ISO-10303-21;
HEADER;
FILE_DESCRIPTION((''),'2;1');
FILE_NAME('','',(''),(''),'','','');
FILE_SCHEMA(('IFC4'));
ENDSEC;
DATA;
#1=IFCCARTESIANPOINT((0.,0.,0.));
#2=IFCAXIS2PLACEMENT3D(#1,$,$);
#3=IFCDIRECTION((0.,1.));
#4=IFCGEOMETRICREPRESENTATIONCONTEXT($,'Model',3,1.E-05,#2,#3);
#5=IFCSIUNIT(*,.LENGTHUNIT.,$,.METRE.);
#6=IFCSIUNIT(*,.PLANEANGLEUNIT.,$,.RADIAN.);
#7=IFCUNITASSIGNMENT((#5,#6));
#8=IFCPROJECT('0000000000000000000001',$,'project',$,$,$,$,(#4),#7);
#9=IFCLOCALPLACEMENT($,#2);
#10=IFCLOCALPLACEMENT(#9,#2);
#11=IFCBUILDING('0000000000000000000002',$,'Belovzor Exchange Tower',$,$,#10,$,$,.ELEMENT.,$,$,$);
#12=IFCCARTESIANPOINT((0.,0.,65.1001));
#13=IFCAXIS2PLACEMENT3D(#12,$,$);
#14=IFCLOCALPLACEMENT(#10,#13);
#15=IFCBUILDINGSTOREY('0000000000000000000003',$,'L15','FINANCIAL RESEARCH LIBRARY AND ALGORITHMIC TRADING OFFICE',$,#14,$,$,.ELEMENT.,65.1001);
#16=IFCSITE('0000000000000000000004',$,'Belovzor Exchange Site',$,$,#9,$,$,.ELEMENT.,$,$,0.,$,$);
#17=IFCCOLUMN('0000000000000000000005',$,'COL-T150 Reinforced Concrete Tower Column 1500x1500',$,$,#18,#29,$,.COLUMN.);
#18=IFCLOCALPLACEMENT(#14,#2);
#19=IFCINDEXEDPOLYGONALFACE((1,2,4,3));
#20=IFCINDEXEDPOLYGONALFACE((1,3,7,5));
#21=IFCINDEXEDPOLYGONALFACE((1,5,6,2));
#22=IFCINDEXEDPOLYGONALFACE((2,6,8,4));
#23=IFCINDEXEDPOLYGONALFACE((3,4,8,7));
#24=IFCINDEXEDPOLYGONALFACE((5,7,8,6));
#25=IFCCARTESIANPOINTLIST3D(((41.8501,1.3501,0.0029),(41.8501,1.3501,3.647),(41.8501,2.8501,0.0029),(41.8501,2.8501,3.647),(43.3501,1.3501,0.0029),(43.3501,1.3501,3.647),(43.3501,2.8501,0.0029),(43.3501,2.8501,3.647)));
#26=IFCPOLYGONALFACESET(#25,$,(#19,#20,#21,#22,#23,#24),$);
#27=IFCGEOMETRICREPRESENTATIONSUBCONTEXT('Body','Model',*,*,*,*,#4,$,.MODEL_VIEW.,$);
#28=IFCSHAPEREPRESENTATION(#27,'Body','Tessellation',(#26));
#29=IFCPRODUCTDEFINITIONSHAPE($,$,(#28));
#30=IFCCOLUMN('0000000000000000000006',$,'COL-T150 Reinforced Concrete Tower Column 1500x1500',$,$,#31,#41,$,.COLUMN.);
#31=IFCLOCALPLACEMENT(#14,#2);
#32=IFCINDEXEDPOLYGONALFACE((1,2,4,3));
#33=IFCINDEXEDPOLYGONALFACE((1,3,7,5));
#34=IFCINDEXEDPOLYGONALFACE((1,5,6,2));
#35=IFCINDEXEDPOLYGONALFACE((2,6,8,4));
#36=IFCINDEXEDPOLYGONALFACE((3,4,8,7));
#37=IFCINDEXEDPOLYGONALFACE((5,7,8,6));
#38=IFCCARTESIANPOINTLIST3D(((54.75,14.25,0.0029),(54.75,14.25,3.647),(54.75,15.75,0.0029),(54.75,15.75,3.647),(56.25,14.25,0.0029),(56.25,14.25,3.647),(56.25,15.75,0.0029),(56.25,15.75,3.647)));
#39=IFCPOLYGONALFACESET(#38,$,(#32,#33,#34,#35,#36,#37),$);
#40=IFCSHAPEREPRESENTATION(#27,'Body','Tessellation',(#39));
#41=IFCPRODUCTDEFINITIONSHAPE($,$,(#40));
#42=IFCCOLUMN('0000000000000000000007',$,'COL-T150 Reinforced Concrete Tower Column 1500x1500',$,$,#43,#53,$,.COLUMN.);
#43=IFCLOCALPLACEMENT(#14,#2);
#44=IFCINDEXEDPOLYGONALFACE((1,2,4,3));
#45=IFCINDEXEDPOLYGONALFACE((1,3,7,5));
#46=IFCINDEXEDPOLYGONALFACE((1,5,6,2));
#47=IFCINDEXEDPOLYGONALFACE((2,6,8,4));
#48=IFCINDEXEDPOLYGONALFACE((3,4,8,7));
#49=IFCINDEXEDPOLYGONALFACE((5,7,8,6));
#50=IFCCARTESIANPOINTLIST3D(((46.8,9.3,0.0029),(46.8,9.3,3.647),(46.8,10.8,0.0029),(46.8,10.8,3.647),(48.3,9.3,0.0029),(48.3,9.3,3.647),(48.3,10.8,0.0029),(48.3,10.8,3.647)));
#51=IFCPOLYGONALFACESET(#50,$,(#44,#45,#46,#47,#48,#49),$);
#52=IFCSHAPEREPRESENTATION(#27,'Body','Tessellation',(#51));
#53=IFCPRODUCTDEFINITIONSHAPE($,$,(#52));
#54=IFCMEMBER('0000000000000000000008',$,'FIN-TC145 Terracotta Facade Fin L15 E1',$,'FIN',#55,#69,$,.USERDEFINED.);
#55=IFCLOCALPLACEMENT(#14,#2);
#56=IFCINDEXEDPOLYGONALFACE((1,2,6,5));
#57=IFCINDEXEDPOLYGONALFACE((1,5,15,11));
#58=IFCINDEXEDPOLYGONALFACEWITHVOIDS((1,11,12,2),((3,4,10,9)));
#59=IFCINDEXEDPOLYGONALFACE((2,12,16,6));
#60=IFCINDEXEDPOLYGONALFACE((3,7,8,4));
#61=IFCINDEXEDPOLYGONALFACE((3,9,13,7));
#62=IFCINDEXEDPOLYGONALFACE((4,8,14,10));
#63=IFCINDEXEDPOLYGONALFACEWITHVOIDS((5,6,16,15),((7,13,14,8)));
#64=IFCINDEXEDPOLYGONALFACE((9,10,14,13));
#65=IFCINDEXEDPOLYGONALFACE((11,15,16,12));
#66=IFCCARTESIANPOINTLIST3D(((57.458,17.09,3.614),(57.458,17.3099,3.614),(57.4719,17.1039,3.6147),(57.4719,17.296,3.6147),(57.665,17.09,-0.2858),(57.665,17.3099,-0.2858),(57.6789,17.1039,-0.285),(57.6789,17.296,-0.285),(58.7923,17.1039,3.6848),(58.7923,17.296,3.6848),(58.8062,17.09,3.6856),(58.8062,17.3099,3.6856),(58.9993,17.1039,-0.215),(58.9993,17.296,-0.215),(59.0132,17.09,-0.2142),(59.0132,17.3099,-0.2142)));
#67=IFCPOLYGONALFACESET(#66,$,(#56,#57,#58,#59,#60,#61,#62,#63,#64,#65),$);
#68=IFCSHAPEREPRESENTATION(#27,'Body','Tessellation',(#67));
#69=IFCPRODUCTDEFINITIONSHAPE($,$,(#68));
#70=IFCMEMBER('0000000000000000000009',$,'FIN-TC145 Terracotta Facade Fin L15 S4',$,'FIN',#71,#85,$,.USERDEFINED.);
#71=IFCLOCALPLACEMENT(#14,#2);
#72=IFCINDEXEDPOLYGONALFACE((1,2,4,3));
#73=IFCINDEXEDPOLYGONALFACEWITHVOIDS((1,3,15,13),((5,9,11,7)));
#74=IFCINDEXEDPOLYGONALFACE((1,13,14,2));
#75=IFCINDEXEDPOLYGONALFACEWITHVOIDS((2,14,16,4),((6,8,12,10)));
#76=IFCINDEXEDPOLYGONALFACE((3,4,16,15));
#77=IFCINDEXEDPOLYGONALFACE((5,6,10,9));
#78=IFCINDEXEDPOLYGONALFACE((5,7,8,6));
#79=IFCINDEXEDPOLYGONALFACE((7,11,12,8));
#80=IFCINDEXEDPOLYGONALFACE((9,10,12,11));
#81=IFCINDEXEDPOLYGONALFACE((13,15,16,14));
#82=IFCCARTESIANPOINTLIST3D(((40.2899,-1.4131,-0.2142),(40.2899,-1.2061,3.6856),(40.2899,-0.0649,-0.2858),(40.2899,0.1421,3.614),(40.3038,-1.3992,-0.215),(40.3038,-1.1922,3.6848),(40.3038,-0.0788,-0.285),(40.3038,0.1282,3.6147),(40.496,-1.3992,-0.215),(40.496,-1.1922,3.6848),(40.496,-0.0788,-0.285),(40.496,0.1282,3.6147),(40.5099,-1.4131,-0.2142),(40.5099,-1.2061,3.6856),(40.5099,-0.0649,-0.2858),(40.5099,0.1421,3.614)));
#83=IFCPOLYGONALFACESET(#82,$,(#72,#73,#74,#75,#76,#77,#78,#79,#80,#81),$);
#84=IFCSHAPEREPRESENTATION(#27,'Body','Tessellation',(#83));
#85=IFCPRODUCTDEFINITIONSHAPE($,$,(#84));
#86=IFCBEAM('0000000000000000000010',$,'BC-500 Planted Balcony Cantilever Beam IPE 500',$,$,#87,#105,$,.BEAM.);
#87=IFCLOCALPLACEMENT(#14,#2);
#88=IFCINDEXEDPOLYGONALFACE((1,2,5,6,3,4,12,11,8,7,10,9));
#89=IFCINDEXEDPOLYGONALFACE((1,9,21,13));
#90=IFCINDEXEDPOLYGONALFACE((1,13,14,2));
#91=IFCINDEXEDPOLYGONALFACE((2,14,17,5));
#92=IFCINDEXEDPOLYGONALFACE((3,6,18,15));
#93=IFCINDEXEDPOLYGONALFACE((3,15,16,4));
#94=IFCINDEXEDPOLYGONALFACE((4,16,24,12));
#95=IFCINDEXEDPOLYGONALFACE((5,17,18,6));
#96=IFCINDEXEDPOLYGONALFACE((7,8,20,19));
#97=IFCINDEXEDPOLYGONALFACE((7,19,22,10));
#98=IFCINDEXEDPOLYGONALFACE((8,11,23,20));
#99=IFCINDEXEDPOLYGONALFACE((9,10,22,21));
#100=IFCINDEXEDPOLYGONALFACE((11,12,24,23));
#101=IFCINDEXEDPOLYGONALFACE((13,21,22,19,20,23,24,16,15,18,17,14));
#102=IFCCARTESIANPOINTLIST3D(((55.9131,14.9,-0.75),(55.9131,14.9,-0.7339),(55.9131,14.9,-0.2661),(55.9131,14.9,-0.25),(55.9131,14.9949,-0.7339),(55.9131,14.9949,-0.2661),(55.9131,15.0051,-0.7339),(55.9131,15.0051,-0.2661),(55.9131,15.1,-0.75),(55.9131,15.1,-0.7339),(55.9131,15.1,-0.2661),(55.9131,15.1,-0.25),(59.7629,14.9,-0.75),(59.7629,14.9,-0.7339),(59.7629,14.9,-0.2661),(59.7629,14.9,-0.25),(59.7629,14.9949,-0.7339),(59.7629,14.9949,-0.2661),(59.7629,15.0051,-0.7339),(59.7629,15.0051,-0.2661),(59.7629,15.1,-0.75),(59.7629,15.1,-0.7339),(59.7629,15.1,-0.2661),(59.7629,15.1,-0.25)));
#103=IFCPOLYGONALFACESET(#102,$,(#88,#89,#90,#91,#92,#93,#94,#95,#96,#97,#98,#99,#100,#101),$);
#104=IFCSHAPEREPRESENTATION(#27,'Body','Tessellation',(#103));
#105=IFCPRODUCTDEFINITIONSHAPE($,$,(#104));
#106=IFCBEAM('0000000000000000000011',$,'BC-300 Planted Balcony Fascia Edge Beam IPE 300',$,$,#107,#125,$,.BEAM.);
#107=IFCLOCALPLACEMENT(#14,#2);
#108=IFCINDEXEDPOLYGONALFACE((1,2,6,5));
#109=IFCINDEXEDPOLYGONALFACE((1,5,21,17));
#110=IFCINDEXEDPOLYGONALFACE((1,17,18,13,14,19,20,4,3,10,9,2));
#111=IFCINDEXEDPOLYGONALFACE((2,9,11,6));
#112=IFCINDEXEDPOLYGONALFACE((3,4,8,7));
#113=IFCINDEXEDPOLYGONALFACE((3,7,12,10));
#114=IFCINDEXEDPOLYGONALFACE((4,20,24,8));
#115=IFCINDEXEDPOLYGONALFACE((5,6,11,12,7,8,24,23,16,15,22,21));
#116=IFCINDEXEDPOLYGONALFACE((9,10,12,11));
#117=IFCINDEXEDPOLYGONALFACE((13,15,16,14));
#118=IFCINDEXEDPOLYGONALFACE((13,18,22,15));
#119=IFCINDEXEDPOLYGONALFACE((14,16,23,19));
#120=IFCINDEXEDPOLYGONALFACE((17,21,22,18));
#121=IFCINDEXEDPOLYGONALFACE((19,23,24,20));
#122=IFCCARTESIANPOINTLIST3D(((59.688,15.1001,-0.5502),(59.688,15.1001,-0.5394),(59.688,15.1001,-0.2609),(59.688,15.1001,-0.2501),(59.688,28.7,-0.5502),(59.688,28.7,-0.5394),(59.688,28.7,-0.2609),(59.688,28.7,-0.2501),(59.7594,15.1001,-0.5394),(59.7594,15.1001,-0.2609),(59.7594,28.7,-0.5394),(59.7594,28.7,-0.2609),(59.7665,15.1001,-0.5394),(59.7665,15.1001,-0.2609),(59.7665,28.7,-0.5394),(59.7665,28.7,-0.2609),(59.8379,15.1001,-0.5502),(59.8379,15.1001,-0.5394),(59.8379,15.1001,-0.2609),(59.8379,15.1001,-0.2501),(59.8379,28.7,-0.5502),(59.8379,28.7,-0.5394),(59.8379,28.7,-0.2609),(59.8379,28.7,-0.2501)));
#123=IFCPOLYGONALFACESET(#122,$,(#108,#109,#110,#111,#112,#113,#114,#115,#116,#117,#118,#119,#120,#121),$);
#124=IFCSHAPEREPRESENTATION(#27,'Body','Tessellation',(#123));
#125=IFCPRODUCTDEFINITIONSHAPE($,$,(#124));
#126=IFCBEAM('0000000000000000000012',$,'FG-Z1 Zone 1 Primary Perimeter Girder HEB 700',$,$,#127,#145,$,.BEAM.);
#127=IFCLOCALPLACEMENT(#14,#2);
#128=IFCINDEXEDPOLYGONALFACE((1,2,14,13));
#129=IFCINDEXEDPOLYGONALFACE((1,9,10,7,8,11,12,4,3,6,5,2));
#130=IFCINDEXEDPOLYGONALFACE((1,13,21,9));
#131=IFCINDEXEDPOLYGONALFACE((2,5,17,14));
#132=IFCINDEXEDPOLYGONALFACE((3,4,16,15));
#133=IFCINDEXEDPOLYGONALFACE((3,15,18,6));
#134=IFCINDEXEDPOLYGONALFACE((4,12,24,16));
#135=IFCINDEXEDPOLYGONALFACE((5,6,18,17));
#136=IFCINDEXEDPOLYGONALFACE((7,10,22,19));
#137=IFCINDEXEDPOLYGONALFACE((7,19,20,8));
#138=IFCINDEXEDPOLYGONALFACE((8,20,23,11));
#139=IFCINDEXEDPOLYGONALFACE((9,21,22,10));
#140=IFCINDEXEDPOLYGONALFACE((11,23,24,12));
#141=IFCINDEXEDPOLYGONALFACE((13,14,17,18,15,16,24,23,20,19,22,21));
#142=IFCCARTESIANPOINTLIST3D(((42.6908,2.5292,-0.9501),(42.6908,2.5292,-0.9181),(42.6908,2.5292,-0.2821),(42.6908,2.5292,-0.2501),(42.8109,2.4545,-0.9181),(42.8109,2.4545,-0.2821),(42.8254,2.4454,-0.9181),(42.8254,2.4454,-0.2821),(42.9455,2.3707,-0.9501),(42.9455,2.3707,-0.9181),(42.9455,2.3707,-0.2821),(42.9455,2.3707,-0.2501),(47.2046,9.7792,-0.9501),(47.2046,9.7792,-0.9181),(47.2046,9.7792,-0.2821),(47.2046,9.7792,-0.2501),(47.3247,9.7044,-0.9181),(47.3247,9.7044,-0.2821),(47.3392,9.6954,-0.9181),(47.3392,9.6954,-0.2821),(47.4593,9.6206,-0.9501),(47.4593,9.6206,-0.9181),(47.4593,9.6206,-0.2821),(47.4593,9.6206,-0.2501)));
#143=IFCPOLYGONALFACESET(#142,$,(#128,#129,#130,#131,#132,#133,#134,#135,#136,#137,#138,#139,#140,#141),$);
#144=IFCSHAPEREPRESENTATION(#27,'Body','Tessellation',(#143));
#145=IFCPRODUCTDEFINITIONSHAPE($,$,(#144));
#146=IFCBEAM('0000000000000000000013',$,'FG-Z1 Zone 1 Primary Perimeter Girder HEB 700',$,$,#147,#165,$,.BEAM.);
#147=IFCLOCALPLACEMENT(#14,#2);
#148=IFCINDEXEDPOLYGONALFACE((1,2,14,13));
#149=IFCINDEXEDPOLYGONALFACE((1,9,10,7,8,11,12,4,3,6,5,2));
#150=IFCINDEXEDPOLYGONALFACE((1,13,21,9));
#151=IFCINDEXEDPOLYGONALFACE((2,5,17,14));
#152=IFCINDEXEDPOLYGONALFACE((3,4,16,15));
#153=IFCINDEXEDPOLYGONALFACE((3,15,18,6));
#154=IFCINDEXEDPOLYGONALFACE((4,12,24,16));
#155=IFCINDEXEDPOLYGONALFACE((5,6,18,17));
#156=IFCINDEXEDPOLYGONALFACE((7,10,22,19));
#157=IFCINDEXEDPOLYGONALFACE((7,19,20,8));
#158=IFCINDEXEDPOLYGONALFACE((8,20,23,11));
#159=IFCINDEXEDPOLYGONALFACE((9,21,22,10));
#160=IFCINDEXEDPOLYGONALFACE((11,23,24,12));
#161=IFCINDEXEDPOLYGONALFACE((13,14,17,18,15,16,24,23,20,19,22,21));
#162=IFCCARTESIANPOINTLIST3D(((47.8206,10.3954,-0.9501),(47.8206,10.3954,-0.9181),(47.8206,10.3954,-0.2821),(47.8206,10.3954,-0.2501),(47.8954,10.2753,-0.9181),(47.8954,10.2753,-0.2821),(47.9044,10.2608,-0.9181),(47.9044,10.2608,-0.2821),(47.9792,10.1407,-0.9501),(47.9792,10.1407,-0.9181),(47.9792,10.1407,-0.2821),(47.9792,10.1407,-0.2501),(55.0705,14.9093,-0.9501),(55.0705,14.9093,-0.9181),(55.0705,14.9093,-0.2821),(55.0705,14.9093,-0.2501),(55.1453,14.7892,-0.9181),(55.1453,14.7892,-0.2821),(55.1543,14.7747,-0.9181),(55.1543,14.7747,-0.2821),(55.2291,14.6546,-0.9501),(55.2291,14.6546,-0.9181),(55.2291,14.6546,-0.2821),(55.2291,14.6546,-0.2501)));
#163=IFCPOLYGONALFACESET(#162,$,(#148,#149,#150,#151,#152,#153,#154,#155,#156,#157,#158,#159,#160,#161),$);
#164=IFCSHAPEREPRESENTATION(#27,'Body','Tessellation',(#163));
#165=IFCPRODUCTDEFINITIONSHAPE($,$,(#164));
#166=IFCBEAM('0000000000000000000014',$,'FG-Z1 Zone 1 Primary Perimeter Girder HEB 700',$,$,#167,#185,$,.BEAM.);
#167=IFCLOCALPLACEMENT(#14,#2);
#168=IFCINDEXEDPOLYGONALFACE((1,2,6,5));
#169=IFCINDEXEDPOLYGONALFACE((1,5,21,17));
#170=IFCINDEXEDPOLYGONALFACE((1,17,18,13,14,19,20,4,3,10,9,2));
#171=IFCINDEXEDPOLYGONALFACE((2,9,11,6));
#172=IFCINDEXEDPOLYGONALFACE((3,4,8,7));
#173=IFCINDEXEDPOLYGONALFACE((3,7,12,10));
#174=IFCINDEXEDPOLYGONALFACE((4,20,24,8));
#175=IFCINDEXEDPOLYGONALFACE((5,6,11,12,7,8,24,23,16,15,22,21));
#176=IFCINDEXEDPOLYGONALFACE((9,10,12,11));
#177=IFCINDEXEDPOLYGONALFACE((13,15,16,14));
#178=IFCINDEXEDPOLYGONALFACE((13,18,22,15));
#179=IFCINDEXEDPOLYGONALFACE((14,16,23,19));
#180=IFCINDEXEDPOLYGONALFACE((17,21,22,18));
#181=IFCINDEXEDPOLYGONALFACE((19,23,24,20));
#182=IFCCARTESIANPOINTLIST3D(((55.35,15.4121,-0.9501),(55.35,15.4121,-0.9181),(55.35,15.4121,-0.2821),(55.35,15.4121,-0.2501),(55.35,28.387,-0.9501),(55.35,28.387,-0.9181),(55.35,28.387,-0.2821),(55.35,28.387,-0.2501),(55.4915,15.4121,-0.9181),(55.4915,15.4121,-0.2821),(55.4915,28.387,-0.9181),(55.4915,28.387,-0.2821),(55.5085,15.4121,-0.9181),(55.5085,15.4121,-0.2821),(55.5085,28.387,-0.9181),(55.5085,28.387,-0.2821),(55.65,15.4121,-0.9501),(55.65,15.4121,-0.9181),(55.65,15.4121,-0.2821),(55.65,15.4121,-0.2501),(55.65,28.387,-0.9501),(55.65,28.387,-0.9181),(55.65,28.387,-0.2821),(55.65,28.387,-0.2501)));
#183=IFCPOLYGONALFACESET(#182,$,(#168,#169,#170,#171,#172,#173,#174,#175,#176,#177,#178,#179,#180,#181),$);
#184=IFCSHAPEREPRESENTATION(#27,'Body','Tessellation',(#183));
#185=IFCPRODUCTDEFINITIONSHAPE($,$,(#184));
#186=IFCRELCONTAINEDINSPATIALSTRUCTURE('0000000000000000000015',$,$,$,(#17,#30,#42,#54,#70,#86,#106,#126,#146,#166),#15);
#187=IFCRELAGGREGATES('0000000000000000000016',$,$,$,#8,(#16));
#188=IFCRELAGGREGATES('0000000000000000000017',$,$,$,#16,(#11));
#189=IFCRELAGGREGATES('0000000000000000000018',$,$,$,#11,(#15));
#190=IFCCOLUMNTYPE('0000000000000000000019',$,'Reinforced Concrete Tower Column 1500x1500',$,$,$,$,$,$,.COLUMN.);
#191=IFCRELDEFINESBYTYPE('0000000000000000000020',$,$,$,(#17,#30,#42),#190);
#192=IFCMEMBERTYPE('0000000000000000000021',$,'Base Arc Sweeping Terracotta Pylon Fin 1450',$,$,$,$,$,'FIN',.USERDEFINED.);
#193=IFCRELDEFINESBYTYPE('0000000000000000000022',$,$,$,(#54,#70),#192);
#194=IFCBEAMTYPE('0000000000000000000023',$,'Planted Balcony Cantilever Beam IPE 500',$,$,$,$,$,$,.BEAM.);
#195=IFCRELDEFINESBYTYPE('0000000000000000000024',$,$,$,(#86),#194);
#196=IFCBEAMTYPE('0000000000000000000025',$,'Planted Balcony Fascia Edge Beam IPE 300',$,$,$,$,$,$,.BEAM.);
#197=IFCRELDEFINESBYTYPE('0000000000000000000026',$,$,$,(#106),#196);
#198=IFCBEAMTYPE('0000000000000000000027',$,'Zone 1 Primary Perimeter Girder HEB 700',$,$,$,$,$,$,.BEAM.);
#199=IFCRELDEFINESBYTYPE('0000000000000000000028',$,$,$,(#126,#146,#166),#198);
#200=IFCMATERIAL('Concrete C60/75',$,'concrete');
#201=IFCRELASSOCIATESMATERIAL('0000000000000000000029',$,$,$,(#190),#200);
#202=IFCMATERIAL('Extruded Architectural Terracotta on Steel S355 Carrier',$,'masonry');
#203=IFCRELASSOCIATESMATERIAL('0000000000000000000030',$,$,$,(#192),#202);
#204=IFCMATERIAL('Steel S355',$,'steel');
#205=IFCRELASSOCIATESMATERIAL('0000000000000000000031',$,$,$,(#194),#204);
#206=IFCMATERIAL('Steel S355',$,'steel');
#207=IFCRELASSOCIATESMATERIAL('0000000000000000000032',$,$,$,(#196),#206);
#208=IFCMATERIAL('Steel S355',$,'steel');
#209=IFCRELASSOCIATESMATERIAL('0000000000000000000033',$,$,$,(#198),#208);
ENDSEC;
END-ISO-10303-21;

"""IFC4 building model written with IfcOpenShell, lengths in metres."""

from ifc_helpers import new_model, si_unit, direction, frame, origin, origin_2d, place, context, subcontext, project, spatial, rectangle, hollow_rectangle, i_section, extrude, material, material_profile, profile_set, type_object, element, save


model = new_model("IFC4")

# Units and contexts
model_context = context("Model", 3, precision=1e-05, world=origin(), true_north=direction((0.0, 1.0)))
body_context = subcontext(model_context, "Body", "Model", "MODEL_VIEW")
ifc_project = project(units=[si_unit("LENGTHUNIT", "METRE"), si_unit("PLANEANGLEUNIT", "RADIAN")], contexts=[model_context])

# Site, building, storey
site_placement = place(None, origin())
site = spatial("IfcSite", under=ifc_project, at=site_placement, Name="Belovzor Exchange Site", CompositionType="ELEMENT", RefElevation=0.0)
building_placement = place(site_placement, origin())
building = spatial("IfcBuilding", under=site, at=building_placement, Name="Belovzor Exchange Tower", CompositionType="ELEMENT")
storey_placement = place(building_placement, frame((0.0, 0.0, 65.1001)))
storey = spatial("IfcBuildingStorey", under=building, at=storey_placement, Name="L15", Description="FINANCIAL RESEARCH LIBRARY AND ALGORITHMIC TRADING OFFICE", CompositionType="ELEMENT", Elevation=65.1001)

# Columns
ifc_material_1 = material(Name="Concrete C60/75", Category="concrete")
ifc_material_profile_1 = material_profile(ifc_material_1, rectangle(XDim=1.5, YDim=1.5, at=origin_2d()))
ifc_profile_set_1 = profile_set([ifc_material_profile_1], Name="Concrete C60/75")
column_type = type_object("IfcColumnType", Name="Reinforced Concrete Tower Column 1500x1500", PredefinedType="COLUMN", material=ifc_profile_set_1)
for number, where, z_axis, x_axis, name in (
    (1, (42.6001, 2.1001, 0.0029), (0.0, 0.0, 1.0), (1.0, 0.0, 0.0), "COL-T150 Reinforced Concrete Tower Column 1500x1500"),
    (2, (55.5, 15.0, 0.0029), (0.0, 0.0, 1.0), (1.0, 0.0, 0.0), "COL-T150 Reinforced Concrete Tower Column 1500x1500"),
    (3, (47.55, 10.05, 0.0029), (0.0, 0.0, 1.0), (1.0, 0.0, 0.0), "COL-T150 Reinforced Concrete Tower Column 1500x1500"),
):
    element("IfcColumn", number, at=place(storey_placement, frame(where, z_axis=z_axis, x_axis=x_axis)), inside=storey, type_object=column_type, Name=name, PredefinedType="COLUMN", context=body_context, shape_type="SweptSolid", body=[
        extrude(rectangle(XDim=1.5, YDim=1.5, at=origin_2d()), origin(), (0.0, 0.0, 1.0), 3.644),
    ])

# Members
ifc_material_2 = material(Name="Extruded Architectural Terracotta on Steel S355 Carrier", Category="masonry")
ifc_material_profile_2 = material_profile(ifc_material_2, hollow_rectangle(XDim=0.22, YDim=1.3501, WallThickness=0.0139, at=origin_2d()))
ifc_profile_set_2 = profile_set([ifc_material_profile_2], Name="Extruded Architectural Terracotta on Steel S355 Carrier")
member_type = type_object("IfcMemberType", Name="Base Arc Sweeping Terracotta Pylon Fin 1450", ElementType="FIN", PredefinedType="USERDEFINED", material=ifc_profile_set_2)
for number, where, z_axis, x_axis, name in (
    (4, (58.3391, 17.2, -0.25), (-0.053012, 0.0, 0.998594), (0.0, -1.0, 0.0), "FIN-TC145 Terracotta Facade Fin L15 E1"),
    (5, (40.3999, -0.739, -0.25), (0.0, 0.053012, 0.998594), (-1.0, 0.0, 0.0), "FIN-TC145 Terracotta Facade Fin L15 S4"),
):
    element("IfcMember", number, at=place(storey_placement, frame(where, z_axis=z_axis, x_axis=x_axis)), inside=storey, type_object=member_type, Name=name, ObjectType="FIN", PredefinedType="USERDEFINED", context=body_context, shape_type="SweptSolid", body=[
        extrude(hollow_rectangle(XDim=0.22, YDim=1.3501, WallThickness=0.0139, at=origin_2d()), origin(), (0.0, 0.0, 1.0), 3.9053),
    ])

# Beams
ifc_material_3 = material(Name="Steel S355", Category="steel")
ifc_material_profile_3 = material_profile(ifc_material_3, i_section(OverallWidth=0.2, OverallDepth=0.5, WebThickness=0.0103, FlangeThickness=0.0161, at=origin_2d()))
ifc_profile_set_3 = profile_set([ifc_material_profile_3], Name="Steel S355")
beam_type_1 = type_object("IfcBeamType", Name="Planted Balcony Cantilever Beam IPE 500", PredefinedType="BEAM", material=ifc_profile_set_3)
beam_1_placement = place(storey_placement, frame((55.9131, 15.0, -0.5), z_axis=(1.0, 0.0, 0.0), x_axis=(0.0, 1.0, 0.0)))
element("IfcBeam", 6, at=beam_1_placement, inside=storey, type_object=beam_type_1, Name="BC-500 Planted Balcony Cantilever Beam IPE 500", PredefinedType="BEAM", context=body_context, shape_type="SweptSolid", body=[
    extrude(i_section(OverallWidth=0.2, OverallDepth=0.5, WebThickness=0.0103, FlangeThickness=0.0161, at=origin_2d()), origin(), (0.0, 0.0, 1.0), 3.8499),
])
ifc_material_4 = material(Name="Steel S355", Category="steel")
ifc_material_profile_4 = material_profile(ifc_material_4, i_section(OverallWidth=0.1499, OverallDepth=0.3, WebThickness=0.0071, FlangeThickness=0.0107, at=origin_2d()))
ifc_profile_set_4 = profile_set([ifc_material_profile_4], Name="Steel S355")
beam_type_2 = type_object("IfcBeamType", Name="Planted Balcony Fascia Edge Beam IPE 300", PredefinedType="BEAM", material=ifc_profile_set_4)
beam_2_placement = place(storey_placement, frame((59.7629, 15.1001, -0.4001), z_axis=(0.0, 1.0, 0.0), x_axis=(-1.0, 0.0, 0.0)))
element("IfcBeam", 7, at=beam_2_placement, inside=storey, type_object=beam_type_2, Name="BC-300 Planted Balcony Fascia Edge Beam IPE 300", PredefinedType="BEAM", context=body_context, shape_type="SweptSolid", body=[
    extrude(i_section(OverallWidth=0.1499, OverallDepth=0.3, WebThickness=0.0071, FlangeThickness=0.0107, at=origin_2d()), origin(), (0.0, 0.0, 1.0), 13.5999),
])
ifc_material_5 = material(Name="Steel S355", Category="steel")
ifc_material_profile_5 = material_profile(ifc_material_5, i_section(OverallWidth=0.3, OverallDepth=0.7, WebThickness=0.0171, FlangeThickness=0.032, at=origin_2d()))
ifc_profile_set_5 = profile_set([ifc_material_profile_5], Name="Steel S355")
beam_type_3 = type_object("IfcBeamType", Name="Zone 1 Primary Perimeter Girder HEB 700", PredefinedType="BEAM", material=ifc_profile_set_5)
for number, where, z_axis, x_axis, name in (
    (8, (42.8181, 2.45, -0.6001), (0.528539, 0.848909, 0.0), (-0.848909, 0.528539, 0.0), "FG-Z1 Zone 1 Primary Perimeter Girder HEB 700"),
    (9, (47.8999, 10.2681, -0.6001), (0.848909, 0.528539, 0.0), (-0.528539, 0.848909, 0.0), "FG-Z1 Zone 1 Primary Perimeter Girder HEB 700"),
):
    element("IfcBeam", number, at=place(storey_placement, frame(where, z_axis=z_axis, x_axis=x_axis)), inside=storey, type_object=beam_type_3, Name=name, PredefinedType="BEAM", context=body_context, shape_type="SweptSolid", body=[
        extrude(i_section(OverallWidth=0.3, OverallDepth=0.7, WebThickness=0.0171, FlangeThickness=0.032, at=origin_2d()), origin(), (0.0, 0.0, 1.0), 8.5403),
    ])
beam_3_placement = place(storey_placement, frame((55.5, 15.4121, -0.6001), z_axis=(0.0, 1.0, 0.0), x_axis=(-1.0, 0.0, 0.0)))
element("IfcBeam", 10, at=beam_3_placement, inside=storey, type_object=beam_type_3, Name="FG-Z1 Zone 1 Primary Perimeter Girder HEB 700", PredefinedType="BEAM", context=body_context, shape_type="SweptSolid", body=[
    extrude(i_section(OverallWidth=0.3, OverallDepth=0.7, WebThickness=0.0171, FlangeThickness=0.032, at=origin_2d()), origin(), (0.0, 0.0, 1.0), 12.9749),
])

save(model, "model.ifc")
